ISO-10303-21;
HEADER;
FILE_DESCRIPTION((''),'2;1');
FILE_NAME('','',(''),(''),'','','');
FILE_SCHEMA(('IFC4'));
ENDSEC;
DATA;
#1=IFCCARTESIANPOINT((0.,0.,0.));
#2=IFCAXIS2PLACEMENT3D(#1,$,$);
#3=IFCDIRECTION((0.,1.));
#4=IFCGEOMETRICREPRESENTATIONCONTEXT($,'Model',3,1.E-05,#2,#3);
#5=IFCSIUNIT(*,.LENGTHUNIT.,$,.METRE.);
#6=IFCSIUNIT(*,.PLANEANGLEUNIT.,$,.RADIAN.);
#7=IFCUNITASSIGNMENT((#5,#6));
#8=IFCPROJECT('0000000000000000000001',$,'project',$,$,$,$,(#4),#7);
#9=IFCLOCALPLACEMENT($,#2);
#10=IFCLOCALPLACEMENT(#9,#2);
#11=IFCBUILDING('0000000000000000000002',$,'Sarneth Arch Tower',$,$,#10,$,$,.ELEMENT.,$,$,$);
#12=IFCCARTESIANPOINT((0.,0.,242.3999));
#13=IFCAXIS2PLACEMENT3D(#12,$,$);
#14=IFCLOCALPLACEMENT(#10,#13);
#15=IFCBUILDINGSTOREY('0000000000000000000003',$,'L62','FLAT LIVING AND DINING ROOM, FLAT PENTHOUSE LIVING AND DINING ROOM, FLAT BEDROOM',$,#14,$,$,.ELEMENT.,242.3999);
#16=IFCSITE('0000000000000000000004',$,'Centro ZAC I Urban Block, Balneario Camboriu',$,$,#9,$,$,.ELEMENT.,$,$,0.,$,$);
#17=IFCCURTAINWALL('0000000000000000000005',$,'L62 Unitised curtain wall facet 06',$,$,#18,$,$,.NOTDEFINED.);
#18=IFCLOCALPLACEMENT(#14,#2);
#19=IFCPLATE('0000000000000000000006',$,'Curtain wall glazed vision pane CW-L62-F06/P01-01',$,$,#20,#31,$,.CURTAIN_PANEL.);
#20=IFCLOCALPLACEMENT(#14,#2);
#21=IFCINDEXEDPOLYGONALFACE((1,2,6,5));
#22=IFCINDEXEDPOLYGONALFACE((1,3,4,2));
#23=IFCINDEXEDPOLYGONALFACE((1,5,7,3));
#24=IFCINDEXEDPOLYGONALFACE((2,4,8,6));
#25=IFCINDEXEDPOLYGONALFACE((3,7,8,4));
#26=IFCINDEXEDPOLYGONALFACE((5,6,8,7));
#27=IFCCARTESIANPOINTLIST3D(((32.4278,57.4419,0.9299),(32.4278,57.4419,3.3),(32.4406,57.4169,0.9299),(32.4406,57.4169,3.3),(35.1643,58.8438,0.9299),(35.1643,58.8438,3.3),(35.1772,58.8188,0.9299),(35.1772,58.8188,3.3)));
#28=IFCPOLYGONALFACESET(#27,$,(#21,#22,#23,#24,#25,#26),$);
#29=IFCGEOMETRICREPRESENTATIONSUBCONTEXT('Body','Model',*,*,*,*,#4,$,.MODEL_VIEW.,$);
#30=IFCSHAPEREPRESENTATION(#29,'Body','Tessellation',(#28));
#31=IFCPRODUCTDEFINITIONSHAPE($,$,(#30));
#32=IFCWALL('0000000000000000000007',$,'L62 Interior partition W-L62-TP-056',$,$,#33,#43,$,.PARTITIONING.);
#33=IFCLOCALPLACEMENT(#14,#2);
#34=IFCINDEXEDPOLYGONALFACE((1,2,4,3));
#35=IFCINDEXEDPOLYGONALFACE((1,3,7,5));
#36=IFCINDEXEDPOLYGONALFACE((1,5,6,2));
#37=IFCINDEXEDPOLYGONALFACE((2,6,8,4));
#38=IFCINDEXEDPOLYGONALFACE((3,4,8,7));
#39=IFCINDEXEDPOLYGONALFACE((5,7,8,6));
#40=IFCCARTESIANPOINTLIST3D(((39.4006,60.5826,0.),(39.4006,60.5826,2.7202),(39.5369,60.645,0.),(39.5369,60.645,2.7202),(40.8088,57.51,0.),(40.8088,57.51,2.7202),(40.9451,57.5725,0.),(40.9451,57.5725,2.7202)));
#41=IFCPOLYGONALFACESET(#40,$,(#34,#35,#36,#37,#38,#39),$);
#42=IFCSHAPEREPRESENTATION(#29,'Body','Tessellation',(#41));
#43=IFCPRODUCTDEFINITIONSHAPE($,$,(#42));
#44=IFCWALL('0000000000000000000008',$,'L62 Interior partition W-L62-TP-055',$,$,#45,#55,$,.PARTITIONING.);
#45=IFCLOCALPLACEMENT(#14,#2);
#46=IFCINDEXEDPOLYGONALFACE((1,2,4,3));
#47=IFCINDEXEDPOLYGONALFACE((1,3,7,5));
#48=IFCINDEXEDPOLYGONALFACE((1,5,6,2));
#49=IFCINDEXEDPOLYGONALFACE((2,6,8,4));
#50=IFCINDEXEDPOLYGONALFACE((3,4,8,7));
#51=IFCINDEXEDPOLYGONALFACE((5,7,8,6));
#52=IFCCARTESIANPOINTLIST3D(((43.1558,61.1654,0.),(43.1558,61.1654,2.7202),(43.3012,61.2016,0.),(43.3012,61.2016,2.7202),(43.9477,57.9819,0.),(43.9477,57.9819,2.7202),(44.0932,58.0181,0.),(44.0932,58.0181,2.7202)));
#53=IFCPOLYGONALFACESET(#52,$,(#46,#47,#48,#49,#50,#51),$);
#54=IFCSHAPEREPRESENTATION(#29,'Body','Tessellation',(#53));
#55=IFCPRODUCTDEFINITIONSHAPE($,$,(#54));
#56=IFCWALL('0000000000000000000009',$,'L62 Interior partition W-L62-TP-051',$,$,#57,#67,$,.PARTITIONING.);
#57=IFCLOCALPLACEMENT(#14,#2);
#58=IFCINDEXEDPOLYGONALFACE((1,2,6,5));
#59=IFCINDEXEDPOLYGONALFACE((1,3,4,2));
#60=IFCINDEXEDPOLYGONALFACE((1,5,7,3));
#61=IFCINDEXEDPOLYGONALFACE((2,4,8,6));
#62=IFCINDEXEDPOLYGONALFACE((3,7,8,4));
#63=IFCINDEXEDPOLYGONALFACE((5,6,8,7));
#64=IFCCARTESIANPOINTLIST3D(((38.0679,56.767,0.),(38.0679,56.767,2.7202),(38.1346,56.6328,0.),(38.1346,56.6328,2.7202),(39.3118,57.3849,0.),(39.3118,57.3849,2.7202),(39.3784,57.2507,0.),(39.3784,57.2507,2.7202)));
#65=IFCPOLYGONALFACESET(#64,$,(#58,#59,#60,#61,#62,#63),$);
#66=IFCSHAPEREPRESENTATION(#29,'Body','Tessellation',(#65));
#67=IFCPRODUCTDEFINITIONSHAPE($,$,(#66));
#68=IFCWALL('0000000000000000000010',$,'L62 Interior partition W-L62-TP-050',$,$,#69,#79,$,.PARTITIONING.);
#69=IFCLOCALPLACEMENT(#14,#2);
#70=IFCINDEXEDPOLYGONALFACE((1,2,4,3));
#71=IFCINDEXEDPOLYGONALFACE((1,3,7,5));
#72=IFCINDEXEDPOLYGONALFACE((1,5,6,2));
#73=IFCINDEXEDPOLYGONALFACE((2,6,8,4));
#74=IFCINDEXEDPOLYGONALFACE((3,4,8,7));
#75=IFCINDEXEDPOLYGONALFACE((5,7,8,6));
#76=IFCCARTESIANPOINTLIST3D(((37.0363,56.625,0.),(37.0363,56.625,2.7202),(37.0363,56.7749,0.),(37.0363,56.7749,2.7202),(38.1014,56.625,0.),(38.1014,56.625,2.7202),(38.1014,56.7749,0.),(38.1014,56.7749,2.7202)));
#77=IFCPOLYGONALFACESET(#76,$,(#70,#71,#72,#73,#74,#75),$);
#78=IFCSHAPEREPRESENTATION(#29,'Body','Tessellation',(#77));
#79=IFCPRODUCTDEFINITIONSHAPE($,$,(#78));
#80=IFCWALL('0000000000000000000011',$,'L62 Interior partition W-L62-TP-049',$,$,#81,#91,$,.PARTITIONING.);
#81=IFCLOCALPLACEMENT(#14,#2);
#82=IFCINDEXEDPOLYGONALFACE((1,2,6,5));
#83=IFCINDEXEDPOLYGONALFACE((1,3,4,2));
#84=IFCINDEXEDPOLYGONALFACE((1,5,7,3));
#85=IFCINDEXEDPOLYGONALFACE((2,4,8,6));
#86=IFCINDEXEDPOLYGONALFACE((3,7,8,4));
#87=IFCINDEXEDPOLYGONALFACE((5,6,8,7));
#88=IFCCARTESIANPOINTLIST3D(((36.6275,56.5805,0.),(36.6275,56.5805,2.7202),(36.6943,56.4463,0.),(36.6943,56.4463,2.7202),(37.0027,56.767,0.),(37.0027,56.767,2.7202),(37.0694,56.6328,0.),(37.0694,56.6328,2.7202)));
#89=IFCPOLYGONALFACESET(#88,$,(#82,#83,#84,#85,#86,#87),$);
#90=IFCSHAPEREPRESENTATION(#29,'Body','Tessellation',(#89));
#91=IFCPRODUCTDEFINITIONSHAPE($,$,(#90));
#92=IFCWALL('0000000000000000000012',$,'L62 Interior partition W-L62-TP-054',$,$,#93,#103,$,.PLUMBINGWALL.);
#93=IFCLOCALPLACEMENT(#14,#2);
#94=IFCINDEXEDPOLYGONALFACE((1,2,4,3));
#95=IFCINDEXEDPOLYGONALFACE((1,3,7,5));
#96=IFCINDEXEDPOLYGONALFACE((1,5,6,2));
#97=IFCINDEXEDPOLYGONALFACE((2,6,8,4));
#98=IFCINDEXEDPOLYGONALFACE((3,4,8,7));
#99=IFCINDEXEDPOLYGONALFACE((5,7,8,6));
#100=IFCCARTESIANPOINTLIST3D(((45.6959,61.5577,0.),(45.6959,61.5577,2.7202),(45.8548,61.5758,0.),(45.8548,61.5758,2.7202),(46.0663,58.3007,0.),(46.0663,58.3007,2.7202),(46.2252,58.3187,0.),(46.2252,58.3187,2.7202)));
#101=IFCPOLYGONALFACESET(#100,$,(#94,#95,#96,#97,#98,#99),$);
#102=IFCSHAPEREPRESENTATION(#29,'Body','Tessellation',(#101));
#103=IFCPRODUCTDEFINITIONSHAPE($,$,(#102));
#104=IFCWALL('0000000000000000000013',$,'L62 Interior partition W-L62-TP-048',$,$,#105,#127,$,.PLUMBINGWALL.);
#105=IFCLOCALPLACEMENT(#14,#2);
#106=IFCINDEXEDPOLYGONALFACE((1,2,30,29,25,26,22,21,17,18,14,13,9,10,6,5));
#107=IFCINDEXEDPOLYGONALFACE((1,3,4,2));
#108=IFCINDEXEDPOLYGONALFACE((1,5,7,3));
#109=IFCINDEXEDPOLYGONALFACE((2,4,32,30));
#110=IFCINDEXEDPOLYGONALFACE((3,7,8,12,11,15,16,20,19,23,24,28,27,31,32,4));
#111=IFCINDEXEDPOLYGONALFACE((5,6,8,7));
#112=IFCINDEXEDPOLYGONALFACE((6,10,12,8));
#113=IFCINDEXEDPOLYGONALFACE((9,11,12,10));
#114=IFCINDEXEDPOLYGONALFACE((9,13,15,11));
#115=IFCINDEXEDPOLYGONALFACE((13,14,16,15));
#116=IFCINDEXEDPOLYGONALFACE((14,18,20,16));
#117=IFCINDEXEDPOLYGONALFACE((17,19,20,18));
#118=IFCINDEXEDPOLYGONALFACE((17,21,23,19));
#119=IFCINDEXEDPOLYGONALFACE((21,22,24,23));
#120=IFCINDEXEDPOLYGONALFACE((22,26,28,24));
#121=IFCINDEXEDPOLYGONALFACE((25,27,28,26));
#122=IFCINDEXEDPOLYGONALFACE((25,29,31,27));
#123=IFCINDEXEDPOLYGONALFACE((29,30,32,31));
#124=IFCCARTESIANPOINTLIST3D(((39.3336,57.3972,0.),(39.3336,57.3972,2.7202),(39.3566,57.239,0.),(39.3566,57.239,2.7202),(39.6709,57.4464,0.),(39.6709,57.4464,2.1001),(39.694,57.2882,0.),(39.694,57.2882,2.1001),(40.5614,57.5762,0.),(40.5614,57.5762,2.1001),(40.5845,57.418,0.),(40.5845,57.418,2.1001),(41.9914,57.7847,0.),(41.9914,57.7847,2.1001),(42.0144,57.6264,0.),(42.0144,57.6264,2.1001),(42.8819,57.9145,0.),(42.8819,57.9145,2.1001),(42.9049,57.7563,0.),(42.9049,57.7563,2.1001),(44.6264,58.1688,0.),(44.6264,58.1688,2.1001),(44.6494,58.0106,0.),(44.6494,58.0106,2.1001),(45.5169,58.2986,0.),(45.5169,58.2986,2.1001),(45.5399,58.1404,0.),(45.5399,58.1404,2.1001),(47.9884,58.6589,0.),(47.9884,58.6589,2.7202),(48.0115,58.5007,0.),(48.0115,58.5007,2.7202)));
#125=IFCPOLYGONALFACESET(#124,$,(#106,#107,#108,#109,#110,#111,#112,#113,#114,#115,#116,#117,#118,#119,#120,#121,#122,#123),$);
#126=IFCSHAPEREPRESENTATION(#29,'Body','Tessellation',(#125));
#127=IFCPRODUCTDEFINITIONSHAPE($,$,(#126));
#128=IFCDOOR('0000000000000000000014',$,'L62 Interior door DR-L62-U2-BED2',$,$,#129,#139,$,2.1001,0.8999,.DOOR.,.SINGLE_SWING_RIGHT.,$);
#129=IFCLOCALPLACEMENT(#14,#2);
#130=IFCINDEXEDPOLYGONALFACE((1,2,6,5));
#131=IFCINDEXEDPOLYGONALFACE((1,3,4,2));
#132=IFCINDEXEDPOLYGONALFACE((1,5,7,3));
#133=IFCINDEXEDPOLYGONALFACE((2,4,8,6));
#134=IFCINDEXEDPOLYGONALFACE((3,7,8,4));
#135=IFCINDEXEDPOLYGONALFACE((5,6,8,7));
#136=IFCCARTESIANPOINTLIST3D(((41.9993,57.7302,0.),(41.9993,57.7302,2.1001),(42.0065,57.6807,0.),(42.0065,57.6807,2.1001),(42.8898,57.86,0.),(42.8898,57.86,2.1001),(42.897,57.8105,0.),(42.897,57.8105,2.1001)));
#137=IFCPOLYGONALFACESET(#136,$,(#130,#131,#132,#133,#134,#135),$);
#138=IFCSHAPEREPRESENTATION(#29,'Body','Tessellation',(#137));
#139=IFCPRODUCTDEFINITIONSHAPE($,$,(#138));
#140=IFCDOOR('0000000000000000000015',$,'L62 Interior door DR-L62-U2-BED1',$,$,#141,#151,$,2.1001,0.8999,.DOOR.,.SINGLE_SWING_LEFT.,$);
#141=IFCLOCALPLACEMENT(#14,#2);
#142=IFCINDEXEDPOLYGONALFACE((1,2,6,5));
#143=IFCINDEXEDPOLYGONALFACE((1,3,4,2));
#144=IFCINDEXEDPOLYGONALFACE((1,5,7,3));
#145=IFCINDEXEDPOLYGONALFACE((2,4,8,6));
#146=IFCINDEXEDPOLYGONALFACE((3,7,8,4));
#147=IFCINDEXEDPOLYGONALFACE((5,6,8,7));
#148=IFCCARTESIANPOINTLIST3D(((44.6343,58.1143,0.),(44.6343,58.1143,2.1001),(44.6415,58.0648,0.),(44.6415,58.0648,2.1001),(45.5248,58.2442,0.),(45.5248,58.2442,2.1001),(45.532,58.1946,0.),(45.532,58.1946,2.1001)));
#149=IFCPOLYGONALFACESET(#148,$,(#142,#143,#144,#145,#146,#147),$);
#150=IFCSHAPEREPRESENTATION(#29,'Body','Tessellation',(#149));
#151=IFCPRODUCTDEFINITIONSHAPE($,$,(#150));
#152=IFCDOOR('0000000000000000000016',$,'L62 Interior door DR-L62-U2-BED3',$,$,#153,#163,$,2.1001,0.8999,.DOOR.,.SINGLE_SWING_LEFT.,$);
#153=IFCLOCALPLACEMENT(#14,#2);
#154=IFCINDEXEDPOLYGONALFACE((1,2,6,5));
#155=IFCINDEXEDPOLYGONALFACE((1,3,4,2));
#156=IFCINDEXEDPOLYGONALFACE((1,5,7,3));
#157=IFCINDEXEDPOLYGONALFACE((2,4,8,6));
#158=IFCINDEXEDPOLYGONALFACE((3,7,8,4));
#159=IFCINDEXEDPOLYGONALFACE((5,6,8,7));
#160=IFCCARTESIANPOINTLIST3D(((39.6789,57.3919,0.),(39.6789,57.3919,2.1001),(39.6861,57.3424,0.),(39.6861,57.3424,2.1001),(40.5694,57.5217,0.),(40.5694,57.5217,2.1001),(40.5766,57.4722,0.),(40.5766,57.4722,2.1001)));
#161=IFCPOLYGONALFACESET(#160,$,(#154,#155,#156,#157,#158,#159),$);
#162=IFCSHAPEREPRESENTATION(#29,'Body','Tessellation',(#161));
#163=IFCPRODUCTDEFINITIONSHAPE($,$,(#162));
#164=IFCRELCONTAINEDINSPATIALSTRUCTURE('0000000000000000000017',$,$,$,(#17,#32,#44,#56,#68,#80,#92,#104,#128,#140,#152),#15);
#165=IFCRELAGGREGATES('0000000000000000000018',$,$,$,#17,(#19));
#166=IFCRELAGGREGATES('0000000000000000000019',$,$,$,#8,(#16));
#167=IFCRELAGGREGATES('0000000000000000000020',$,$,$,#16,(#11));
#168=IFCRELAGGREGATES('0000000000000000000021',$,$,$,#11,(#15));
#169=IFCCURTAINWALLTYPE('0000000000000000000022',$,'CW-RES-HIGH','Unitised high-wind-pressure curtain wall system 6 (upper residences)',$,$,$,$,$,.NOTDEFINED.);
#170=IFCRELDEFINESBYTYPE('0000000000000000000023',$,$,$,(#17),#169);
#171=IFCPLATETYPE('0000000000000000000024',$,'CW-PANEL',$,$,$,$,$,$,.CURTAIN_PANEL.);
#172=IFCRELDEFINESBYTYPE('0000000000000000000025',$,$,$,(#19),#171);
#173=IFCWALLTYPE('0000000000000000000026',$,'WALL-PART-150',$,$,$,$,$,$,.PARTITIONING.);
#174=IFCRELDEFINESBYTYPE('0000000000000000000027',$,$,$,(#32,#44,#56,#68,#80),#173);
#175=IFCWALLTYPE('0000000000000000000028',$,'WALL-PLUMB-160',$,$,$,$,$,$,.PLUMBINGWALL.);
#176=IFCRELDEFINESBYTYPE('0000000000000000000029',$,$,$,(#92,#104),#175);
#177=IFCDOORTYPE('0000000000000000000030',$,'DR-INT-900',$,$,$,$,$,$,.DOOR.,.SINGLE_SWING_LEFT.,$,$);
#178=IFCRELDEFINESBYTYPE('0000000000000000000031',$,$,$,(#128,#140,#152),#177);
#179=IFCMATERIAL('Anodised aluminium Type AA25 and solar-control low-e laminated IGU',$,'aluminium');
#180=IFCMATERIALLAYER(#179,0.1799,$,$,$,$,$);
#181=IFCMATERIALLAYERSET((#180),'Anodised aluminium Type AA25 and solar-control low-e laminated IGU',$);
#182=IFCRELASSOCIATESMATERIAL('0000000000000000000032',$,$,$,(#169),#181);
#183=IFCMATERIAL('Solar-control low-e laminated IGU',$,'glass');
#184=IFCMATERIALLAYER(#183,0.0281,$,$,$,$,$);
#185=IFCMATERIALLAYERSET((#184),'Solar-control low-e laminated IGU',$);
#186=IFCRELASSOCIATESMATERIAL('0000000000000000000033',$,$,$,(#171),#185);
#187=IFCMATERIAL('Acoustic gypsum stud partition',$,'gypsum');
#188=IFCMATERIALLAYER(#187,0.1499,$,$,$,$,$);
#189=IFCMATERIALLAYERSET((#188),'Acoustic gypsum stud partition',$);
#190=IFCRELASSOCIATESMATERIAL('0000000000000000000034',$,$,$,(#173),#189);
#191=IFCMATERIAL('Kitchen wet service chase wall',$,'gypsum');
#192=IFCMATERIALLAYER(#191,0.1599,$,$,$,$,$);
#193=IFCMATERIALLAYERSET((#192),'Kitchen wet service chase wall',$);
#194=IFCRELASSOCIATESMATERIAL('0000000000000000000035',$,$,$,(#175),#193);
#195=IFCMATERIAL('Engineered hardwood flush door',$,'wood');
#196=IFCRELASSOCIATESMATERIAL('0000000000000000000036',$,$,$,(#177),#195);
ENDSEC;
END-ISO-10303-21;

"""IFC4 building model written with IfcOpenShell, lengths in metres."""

from ifc_helpers import new_model, si_unit, direction, frame, frame_2d, origin, origin_2d, place, context, subcontext, project, spatial, rectangle, extrude, material, layer, layer_set, type_object, element, fill, aggregate, save


model = new_model("IFC4")

# Units and contexts
model_context = context("Model", 3, precision=1e-05, world=origin(), true_north=direction((0.0, 1.0)))
body_context = subcontext(model_context, "Body", "Model", "MODEL_VIEW")
ifc_project = project(units=[si_unit("LENGTHUNIT", "METRE"), si_unit("PLANEANGLEUNIT", "RADIAN")], contexts=[model_context])

# Site, building, storey
site_placement = place(None, origin())
site = spatial("IfcSite", under=ifc_project, at=site_placement, Name="Centro ZAC I Urban Block, Balneario Camboriu", CompositionType="ELEMENT", RefElevation=0.0)
building_placement = place(site_placement, origin())
building = spatial("IfcBuilding", under=site, at=building_placement, Name="Sarneth Arch Tower", CompositionType="ELEMENT")
storey_placement = place(building_placement, frame((0.0, 0.0, 242.3999)))
storey = spatial("IfcBuildingStorey", under=building, at=storey_placement, Name="L62", Description="FLAT LIVING AND DINING ROOM, FLAT PENTHOUSE LIVING AND DINING ROOM, FLAT BEDROOM", CompositionType="ELEMENT", Elevation=242.3999)

# Curtain wall, plate
ifc_material_1 = material(Name="Anodised aluminium Type AA25 and solar-control low-e laminated IGU", Category="aluminium")
ifc_layer_1 = layer(ifc_material_1, 0.1799)
ifc_layer_set_1 = layer_set([ifc_layer_1], Name="Anodised aluminium Type AA25 and solar-control low-e laminated IGU")
curtain_wall_type = type_object("IfcCurtainWallType", Name="CW-RES-HIGH", Description="Unitised high-wind-pressure curtain wall system 6 (upper residences)", PredefinedType="NOTDEFINED", material=ifc_layer_set_1)
curtain_wall_placement = place(storey_placement, origin())
curtain_wall = element("IfcCurtainWall", 1, at=curtain_wall_placement, inside=storey, type_object=curtain_wall_type, Name="L62 Unitised curtain wall facet 06", PredefinedType="NOTDEFINED")
ifc_material_2 = material(Name="Solar-control low-e laminated IGU", Category="glass")
ifc_layer_2 = layer(ifc_material_2, 0.0281)
ifc_layer_set_2 = layer_set([ifc_layer_2], Name="Solar-control low-e laminated IGU")
plate_type = type_object("IfcPlateType", Name="CW-PANEL", PredefinedType="CURTAIN_PANEL", material=ifc_layer_set_2)
plate_1_placement = place(storey_placement, frame((33.8025, 58.1304, 0.9299), z_axis=(0.0, 0.0, 1.0), x_axis=(-0.89001, -0.455942, 0.0)))
plate_1 = element("IfcPlate", 2, at=plate_1_placement, type_object=plate_type, Name="Curtain wall glazed vision pane CW-L62-F06/P01-01", PredefinedType="CURTAIN_PANEL", context=body_context, shape_type="SweptSolid", body=[
    extrude(rectangle(XDim=3.0747, YDim=0.0281, at=origin_2d()), origin(), (0.0, 0.0, 1.0), 2.3701),
])
aggregate(curtain_wall, [plate_1])

# Walls
ifc_material_3 = material(Name="Acoustic gypsum stud partition", Category="gypsum")
ifc_layer_3 = layer(ifc_material_3, 0.1499)
ifc_layer_set_3 = layer_set([ifc_layer_3], Name="Acoustic gypsum stud partition")
wall_type_1 = type_object("IfcWallType", Name="WALL-PART-150", PredefinedType="PARTITIONING", material=ifc_layer_set_3)
wall_1_placement = place(storey_placement, frame((40.877, 57.5413, 0.0), z_axis=(0.0, 0.0, 1.0), x_axis=(-0.416647, 0.909068, 0.0)))
element("IfcWall", 3, at=wall_1_placement, inside=storey, type_object=wall_type_1, Name="L62 Interior partition W-L62-TP-056", PredefinedType="PARTITIONING", context=body_context, shape_type="SweptSolid", body=[
    extrude(rectangle(XDim=3.3799, YDim=0.1499, at=frame_2d((1.6899, 0.0))), origin(), (0.0, 0.0, 1.0), 2.7202),
])
wall_2_placement = place(storey_placement, frame((43.2285, 61.1833, 0.0), z_axis=(0.0, 0.0, 1.0), x_axis=(0.241415, -0.970422, 0.0)))
element("IfcWall", 4, at=wall_2_placement, inside=storey, type_object=wall_type_1, Name="L62 Interior partition W-L62-TP-055", PredefinedType="PARTITIONING", context=body_context, shape_type="SweptSolid", body=[
    extrude(rectangle(XDim=3.2805, YDim=0.1499, at=frame_2d((1.6401, 0.0))), origin(), (0.0, 0.0, 1.0), 2.7202),
])
wall_3_placement = place(storey_placement, frame((38.1013, 56.7, 0.0), z_axis=(0.0, 0.0, 1.0), x_axis=(0.895584, 0.444892, 0.0)))
element("IfcWall", 5, at=wall_3_placement, inside=storey, type_object=wall_type_1, Name="L62 Interior partition W-L62-TP-051", PredefinedType="PARTITIONING", context=body_context, shape_type="SweptSolid", body=[
    extrude(rectangle(XDim=1.3889, YDim=0.1499, at=frame_2d((0.6943, 0.0))), origin(), (0.0, 0.0, 1.0), 2.7202),
])
wall_4_placement = place(storey_placement, frame((37.0361, 56.7, 0.0), z_axis=(0.0, 0.0, 1.0), x_axis=(1.0, 0.0, 0.0)))
element("IfcWall", 6, at=wall_4_placement, inside=storey, type_object=wall_type_1, Name="L62 Interior partition W-L62-TP-050", PredefinedType="PARTITIONING", context=body_context, shape_type="SweptSolid", body=[
    extrude(rectangle(XDim=1.0652, YDim=0.1499, at=frame_2d((0.5327, 0.0))), origin(), (0.0, 0.0, 1.0), 2.7202),
])
wall_5_placement = place(storey_placement, frame((36.6609, 56.5134, 0.0), z_axis=(0.0, 0.0, 1.0), x_axis=(0.895473, 0.445115, 0.0)))
element("IfcWall", 7, at=wall_5_placement, inside=storey, type_object=wall_type_1, Name="L62 Interior partition W-L62-TP-049", PredefinedType="PARTITIONING", context=body_context, shape_type="SweptSolid", body=[
    extrude(rectangle(XDim=0.4189, YDim=0.1499, at=frame_2d((0.2095, 0.0))), origin(), (0.0, 0.0, 1.0), 2.7202),
])
ifc_material_4 = material(Name="Kitchen wet service chase wall", Category="gypsum")
ifc_layer_4 = layer(ifc_material_4, 0.1599)
ifc_layer_set_4 = layer_set([ifc_layer_4], Name="Kitchen wet service chase wall")
wall_type_2 = type_object("IfcWallType", Name="WALL-PLUMB-160", PredefinedType="PLUMBINGWALL", material=ifc_layer_set_4)
wall_6_placement = place(storey_placement, frame((46.1458, 58.3096, 0.0), z_axis=(0.0, 0.0, 1.0), x_axis=(-0.112982, 0.993597, 0.0)))
element("IfcWall", 8, at=wall_6_placement, inside=storey, type_object=wall_type_2, Name="L62 Interior partition W-L62-TP-054", PredefinedType="PLUMBINGWALL", context=body_context, shape_type="SweptSolid", body=[
    extrude(rectangle(XDim=3.2781, YDim=0.1599, at=frame_2d((1.6392, 0.0))), origin(), (0.0, 0.0, 1.0), 2.7202),
])

# Wall, openings, doors
wall_7_placement = place(storey_placement, frame((39.3452, 57.3181, 0.0), z_axis=(0.0, 0.0, 1.0), x_axis=(0.98954, 0.144258, 0.0)))
wall_7 = element("IfcWall", 9, at=wall_7_placement, inside=storey, type_object=wall_type_2, Name="L62 Interior partition W-L62-TP-048", PredefinedType="PLUMBINGWALL", context=body_context, shape_type="SweptSolid", body=[
    extrude(rectangle(XDim=8.7463, YDim=0.1599, at=frame_2d((4.373, 0.0))), origin(), (0.0, 0.0, 1.0), 2.7202),
])
opening_1_placement = place(wall_7_placement, frame((2.6858, 0.0, 0.0)))
opening_1 = element("IfcOpeningElement", 10, at=opening_1_placement, cuts=wall_7, PredefinedType="OPENING", context=body_context, shape_type="SweptSolid", body=[
    extrude(rectangle(XDim=0.8999, YDim=2.1001, at=frame_2d((0.45, 1.05))), frame((0.0, 0.0898, 0.0), z_axis=(0.0, -1.0, 0.0), x_axis=(1.0, 0.0, 0.0)), (0.0, 0.0, 1.0), 0.1799),
])
opening_2_placement = place(wall_7_placement, frame((5.3486, 0.0, 0.0)))
opening_2 = element("IfcOpeningElement", 11, at=opening_2_placement, cuts=wall_7, PredefinedType="OPENING", context=body_context, shape_type="SweptSolid", body=[
    extrude(rectangle(XDim=0.8999, YDim=2.1001, at=frame_2d((0.45, 1.05))), frame((0.0, 0.0898, 0.0), z_axis=(0.0, -1.0, 0.0), x_axis=(1.0, 0.0, 0.0)), (0.0, 0.0, 1.0), 0.1799),
])
opening_3_placement = place(wall_7_placement, frame((0.3408, 0.0, 0.0)))
opening_3 = element("IfcOpeningElement", 12, at=opening_3_placement, cuts=wall_7, PredefinedType="OPENING", context=body_context, shape_type="SweptSolid", body=[
    extrude(rectangle(XDim=0.8999, YDim=2.1001, at=frame_2d((0.45, 1.05))), frame((0.0, 0.0898, 0.0), z_axis=(0.0, -1.0, 0.0), x_axis=(1.0, 0.0, 0.0)), (0.0, 0.0, 1.0), 0.1799),
])
ifc_material_5 = material(Name="Engineered hardwood flush door", Category="wood")
door_type = type_object("IfcDoorType", Name="DR-INT-900", OperationType="SINGLE_SWING_LEFT", PredefinedType="DOOR", material=ifc_material_5)
door_1_placement = place(opening_1_placement, origin())
door_1 = element("IfcDoor", 13, at=door_1_placement, inside=storey, type_object=door_type, Name="L62 Interior door DR-L62-U2-BED2", OperationType="SINGLE_SWING_RIGHT", OverallHeight=2.1001, OverallWidth=0.8999, PredefinedType="DOOR", context=body_context, shape_type="SweptSolid", body=[
    extrude(rectangle(XDim=0.8999, YDim=2.1001, at=frame_2d((0.45, 1.05))), frame((0.0, 0.0249, 0.0), z_axis=(0.0, -1.0, 0.0), x_axis=(1.0, 0.0, 0.0)), (0.0, 0.0, 1.0), 0.05),
])
fill(opening_1, door_1)
door_2_placement = place(opening_2_placement, origin())
door_2 = element("IfcDoor", 14, at=door_2_placement, inside=storey, type_object=door_type, Name="L62 Interior door DR-L62-U2-BED1", OperationType="SINGLE_SWING_LEFT", OverallHeight=2.1001, OverallWidth=0.8999, PredefinedType="DOOR", context=body_context, shape_type="SweptSolid", body=[
    extrude(rectangle(XDim=0.8999, YDim=2.1001, at=frame_2d((0.45, 1.05))), frame((0.0, 0.0249, 0.0), z_axis=(0.0, -1.0, 0.0), x_axis=(1.0, 0.0, 0.0)), (0.0, 0.0, 1.0), 0.05),
])
fill(opening_2, door_2)
door_3_placement = place(opening_3_placement, origin())
door_3 = element("IfcDoor", 15, at=door_3_placement, inside=storey, type_object=door_type, Name="L62 Interior door DR-L62-U2-BED3", OperationType="SINGLE_SWING_LEFT", OverallHeight=2.1001, OverallWidth=0.8999, PredefinedType="DOOR", context=body_context, shape_type="SweptSolid", body=[
    extrude(rectangle(XDim=0.8999, YDim=2.1001, at=frame_2d((0.45, 1.05))), frame((0.0, 0.0249, 0.0), z_axis=(0.0, -1.0, 0.0), x_axis=(1.0, 0.0, 0.0)), (0.0, 0.0, 1.0), 0.05),
])
fill(opening_3, door_3)

save(model, "model.ifc")
